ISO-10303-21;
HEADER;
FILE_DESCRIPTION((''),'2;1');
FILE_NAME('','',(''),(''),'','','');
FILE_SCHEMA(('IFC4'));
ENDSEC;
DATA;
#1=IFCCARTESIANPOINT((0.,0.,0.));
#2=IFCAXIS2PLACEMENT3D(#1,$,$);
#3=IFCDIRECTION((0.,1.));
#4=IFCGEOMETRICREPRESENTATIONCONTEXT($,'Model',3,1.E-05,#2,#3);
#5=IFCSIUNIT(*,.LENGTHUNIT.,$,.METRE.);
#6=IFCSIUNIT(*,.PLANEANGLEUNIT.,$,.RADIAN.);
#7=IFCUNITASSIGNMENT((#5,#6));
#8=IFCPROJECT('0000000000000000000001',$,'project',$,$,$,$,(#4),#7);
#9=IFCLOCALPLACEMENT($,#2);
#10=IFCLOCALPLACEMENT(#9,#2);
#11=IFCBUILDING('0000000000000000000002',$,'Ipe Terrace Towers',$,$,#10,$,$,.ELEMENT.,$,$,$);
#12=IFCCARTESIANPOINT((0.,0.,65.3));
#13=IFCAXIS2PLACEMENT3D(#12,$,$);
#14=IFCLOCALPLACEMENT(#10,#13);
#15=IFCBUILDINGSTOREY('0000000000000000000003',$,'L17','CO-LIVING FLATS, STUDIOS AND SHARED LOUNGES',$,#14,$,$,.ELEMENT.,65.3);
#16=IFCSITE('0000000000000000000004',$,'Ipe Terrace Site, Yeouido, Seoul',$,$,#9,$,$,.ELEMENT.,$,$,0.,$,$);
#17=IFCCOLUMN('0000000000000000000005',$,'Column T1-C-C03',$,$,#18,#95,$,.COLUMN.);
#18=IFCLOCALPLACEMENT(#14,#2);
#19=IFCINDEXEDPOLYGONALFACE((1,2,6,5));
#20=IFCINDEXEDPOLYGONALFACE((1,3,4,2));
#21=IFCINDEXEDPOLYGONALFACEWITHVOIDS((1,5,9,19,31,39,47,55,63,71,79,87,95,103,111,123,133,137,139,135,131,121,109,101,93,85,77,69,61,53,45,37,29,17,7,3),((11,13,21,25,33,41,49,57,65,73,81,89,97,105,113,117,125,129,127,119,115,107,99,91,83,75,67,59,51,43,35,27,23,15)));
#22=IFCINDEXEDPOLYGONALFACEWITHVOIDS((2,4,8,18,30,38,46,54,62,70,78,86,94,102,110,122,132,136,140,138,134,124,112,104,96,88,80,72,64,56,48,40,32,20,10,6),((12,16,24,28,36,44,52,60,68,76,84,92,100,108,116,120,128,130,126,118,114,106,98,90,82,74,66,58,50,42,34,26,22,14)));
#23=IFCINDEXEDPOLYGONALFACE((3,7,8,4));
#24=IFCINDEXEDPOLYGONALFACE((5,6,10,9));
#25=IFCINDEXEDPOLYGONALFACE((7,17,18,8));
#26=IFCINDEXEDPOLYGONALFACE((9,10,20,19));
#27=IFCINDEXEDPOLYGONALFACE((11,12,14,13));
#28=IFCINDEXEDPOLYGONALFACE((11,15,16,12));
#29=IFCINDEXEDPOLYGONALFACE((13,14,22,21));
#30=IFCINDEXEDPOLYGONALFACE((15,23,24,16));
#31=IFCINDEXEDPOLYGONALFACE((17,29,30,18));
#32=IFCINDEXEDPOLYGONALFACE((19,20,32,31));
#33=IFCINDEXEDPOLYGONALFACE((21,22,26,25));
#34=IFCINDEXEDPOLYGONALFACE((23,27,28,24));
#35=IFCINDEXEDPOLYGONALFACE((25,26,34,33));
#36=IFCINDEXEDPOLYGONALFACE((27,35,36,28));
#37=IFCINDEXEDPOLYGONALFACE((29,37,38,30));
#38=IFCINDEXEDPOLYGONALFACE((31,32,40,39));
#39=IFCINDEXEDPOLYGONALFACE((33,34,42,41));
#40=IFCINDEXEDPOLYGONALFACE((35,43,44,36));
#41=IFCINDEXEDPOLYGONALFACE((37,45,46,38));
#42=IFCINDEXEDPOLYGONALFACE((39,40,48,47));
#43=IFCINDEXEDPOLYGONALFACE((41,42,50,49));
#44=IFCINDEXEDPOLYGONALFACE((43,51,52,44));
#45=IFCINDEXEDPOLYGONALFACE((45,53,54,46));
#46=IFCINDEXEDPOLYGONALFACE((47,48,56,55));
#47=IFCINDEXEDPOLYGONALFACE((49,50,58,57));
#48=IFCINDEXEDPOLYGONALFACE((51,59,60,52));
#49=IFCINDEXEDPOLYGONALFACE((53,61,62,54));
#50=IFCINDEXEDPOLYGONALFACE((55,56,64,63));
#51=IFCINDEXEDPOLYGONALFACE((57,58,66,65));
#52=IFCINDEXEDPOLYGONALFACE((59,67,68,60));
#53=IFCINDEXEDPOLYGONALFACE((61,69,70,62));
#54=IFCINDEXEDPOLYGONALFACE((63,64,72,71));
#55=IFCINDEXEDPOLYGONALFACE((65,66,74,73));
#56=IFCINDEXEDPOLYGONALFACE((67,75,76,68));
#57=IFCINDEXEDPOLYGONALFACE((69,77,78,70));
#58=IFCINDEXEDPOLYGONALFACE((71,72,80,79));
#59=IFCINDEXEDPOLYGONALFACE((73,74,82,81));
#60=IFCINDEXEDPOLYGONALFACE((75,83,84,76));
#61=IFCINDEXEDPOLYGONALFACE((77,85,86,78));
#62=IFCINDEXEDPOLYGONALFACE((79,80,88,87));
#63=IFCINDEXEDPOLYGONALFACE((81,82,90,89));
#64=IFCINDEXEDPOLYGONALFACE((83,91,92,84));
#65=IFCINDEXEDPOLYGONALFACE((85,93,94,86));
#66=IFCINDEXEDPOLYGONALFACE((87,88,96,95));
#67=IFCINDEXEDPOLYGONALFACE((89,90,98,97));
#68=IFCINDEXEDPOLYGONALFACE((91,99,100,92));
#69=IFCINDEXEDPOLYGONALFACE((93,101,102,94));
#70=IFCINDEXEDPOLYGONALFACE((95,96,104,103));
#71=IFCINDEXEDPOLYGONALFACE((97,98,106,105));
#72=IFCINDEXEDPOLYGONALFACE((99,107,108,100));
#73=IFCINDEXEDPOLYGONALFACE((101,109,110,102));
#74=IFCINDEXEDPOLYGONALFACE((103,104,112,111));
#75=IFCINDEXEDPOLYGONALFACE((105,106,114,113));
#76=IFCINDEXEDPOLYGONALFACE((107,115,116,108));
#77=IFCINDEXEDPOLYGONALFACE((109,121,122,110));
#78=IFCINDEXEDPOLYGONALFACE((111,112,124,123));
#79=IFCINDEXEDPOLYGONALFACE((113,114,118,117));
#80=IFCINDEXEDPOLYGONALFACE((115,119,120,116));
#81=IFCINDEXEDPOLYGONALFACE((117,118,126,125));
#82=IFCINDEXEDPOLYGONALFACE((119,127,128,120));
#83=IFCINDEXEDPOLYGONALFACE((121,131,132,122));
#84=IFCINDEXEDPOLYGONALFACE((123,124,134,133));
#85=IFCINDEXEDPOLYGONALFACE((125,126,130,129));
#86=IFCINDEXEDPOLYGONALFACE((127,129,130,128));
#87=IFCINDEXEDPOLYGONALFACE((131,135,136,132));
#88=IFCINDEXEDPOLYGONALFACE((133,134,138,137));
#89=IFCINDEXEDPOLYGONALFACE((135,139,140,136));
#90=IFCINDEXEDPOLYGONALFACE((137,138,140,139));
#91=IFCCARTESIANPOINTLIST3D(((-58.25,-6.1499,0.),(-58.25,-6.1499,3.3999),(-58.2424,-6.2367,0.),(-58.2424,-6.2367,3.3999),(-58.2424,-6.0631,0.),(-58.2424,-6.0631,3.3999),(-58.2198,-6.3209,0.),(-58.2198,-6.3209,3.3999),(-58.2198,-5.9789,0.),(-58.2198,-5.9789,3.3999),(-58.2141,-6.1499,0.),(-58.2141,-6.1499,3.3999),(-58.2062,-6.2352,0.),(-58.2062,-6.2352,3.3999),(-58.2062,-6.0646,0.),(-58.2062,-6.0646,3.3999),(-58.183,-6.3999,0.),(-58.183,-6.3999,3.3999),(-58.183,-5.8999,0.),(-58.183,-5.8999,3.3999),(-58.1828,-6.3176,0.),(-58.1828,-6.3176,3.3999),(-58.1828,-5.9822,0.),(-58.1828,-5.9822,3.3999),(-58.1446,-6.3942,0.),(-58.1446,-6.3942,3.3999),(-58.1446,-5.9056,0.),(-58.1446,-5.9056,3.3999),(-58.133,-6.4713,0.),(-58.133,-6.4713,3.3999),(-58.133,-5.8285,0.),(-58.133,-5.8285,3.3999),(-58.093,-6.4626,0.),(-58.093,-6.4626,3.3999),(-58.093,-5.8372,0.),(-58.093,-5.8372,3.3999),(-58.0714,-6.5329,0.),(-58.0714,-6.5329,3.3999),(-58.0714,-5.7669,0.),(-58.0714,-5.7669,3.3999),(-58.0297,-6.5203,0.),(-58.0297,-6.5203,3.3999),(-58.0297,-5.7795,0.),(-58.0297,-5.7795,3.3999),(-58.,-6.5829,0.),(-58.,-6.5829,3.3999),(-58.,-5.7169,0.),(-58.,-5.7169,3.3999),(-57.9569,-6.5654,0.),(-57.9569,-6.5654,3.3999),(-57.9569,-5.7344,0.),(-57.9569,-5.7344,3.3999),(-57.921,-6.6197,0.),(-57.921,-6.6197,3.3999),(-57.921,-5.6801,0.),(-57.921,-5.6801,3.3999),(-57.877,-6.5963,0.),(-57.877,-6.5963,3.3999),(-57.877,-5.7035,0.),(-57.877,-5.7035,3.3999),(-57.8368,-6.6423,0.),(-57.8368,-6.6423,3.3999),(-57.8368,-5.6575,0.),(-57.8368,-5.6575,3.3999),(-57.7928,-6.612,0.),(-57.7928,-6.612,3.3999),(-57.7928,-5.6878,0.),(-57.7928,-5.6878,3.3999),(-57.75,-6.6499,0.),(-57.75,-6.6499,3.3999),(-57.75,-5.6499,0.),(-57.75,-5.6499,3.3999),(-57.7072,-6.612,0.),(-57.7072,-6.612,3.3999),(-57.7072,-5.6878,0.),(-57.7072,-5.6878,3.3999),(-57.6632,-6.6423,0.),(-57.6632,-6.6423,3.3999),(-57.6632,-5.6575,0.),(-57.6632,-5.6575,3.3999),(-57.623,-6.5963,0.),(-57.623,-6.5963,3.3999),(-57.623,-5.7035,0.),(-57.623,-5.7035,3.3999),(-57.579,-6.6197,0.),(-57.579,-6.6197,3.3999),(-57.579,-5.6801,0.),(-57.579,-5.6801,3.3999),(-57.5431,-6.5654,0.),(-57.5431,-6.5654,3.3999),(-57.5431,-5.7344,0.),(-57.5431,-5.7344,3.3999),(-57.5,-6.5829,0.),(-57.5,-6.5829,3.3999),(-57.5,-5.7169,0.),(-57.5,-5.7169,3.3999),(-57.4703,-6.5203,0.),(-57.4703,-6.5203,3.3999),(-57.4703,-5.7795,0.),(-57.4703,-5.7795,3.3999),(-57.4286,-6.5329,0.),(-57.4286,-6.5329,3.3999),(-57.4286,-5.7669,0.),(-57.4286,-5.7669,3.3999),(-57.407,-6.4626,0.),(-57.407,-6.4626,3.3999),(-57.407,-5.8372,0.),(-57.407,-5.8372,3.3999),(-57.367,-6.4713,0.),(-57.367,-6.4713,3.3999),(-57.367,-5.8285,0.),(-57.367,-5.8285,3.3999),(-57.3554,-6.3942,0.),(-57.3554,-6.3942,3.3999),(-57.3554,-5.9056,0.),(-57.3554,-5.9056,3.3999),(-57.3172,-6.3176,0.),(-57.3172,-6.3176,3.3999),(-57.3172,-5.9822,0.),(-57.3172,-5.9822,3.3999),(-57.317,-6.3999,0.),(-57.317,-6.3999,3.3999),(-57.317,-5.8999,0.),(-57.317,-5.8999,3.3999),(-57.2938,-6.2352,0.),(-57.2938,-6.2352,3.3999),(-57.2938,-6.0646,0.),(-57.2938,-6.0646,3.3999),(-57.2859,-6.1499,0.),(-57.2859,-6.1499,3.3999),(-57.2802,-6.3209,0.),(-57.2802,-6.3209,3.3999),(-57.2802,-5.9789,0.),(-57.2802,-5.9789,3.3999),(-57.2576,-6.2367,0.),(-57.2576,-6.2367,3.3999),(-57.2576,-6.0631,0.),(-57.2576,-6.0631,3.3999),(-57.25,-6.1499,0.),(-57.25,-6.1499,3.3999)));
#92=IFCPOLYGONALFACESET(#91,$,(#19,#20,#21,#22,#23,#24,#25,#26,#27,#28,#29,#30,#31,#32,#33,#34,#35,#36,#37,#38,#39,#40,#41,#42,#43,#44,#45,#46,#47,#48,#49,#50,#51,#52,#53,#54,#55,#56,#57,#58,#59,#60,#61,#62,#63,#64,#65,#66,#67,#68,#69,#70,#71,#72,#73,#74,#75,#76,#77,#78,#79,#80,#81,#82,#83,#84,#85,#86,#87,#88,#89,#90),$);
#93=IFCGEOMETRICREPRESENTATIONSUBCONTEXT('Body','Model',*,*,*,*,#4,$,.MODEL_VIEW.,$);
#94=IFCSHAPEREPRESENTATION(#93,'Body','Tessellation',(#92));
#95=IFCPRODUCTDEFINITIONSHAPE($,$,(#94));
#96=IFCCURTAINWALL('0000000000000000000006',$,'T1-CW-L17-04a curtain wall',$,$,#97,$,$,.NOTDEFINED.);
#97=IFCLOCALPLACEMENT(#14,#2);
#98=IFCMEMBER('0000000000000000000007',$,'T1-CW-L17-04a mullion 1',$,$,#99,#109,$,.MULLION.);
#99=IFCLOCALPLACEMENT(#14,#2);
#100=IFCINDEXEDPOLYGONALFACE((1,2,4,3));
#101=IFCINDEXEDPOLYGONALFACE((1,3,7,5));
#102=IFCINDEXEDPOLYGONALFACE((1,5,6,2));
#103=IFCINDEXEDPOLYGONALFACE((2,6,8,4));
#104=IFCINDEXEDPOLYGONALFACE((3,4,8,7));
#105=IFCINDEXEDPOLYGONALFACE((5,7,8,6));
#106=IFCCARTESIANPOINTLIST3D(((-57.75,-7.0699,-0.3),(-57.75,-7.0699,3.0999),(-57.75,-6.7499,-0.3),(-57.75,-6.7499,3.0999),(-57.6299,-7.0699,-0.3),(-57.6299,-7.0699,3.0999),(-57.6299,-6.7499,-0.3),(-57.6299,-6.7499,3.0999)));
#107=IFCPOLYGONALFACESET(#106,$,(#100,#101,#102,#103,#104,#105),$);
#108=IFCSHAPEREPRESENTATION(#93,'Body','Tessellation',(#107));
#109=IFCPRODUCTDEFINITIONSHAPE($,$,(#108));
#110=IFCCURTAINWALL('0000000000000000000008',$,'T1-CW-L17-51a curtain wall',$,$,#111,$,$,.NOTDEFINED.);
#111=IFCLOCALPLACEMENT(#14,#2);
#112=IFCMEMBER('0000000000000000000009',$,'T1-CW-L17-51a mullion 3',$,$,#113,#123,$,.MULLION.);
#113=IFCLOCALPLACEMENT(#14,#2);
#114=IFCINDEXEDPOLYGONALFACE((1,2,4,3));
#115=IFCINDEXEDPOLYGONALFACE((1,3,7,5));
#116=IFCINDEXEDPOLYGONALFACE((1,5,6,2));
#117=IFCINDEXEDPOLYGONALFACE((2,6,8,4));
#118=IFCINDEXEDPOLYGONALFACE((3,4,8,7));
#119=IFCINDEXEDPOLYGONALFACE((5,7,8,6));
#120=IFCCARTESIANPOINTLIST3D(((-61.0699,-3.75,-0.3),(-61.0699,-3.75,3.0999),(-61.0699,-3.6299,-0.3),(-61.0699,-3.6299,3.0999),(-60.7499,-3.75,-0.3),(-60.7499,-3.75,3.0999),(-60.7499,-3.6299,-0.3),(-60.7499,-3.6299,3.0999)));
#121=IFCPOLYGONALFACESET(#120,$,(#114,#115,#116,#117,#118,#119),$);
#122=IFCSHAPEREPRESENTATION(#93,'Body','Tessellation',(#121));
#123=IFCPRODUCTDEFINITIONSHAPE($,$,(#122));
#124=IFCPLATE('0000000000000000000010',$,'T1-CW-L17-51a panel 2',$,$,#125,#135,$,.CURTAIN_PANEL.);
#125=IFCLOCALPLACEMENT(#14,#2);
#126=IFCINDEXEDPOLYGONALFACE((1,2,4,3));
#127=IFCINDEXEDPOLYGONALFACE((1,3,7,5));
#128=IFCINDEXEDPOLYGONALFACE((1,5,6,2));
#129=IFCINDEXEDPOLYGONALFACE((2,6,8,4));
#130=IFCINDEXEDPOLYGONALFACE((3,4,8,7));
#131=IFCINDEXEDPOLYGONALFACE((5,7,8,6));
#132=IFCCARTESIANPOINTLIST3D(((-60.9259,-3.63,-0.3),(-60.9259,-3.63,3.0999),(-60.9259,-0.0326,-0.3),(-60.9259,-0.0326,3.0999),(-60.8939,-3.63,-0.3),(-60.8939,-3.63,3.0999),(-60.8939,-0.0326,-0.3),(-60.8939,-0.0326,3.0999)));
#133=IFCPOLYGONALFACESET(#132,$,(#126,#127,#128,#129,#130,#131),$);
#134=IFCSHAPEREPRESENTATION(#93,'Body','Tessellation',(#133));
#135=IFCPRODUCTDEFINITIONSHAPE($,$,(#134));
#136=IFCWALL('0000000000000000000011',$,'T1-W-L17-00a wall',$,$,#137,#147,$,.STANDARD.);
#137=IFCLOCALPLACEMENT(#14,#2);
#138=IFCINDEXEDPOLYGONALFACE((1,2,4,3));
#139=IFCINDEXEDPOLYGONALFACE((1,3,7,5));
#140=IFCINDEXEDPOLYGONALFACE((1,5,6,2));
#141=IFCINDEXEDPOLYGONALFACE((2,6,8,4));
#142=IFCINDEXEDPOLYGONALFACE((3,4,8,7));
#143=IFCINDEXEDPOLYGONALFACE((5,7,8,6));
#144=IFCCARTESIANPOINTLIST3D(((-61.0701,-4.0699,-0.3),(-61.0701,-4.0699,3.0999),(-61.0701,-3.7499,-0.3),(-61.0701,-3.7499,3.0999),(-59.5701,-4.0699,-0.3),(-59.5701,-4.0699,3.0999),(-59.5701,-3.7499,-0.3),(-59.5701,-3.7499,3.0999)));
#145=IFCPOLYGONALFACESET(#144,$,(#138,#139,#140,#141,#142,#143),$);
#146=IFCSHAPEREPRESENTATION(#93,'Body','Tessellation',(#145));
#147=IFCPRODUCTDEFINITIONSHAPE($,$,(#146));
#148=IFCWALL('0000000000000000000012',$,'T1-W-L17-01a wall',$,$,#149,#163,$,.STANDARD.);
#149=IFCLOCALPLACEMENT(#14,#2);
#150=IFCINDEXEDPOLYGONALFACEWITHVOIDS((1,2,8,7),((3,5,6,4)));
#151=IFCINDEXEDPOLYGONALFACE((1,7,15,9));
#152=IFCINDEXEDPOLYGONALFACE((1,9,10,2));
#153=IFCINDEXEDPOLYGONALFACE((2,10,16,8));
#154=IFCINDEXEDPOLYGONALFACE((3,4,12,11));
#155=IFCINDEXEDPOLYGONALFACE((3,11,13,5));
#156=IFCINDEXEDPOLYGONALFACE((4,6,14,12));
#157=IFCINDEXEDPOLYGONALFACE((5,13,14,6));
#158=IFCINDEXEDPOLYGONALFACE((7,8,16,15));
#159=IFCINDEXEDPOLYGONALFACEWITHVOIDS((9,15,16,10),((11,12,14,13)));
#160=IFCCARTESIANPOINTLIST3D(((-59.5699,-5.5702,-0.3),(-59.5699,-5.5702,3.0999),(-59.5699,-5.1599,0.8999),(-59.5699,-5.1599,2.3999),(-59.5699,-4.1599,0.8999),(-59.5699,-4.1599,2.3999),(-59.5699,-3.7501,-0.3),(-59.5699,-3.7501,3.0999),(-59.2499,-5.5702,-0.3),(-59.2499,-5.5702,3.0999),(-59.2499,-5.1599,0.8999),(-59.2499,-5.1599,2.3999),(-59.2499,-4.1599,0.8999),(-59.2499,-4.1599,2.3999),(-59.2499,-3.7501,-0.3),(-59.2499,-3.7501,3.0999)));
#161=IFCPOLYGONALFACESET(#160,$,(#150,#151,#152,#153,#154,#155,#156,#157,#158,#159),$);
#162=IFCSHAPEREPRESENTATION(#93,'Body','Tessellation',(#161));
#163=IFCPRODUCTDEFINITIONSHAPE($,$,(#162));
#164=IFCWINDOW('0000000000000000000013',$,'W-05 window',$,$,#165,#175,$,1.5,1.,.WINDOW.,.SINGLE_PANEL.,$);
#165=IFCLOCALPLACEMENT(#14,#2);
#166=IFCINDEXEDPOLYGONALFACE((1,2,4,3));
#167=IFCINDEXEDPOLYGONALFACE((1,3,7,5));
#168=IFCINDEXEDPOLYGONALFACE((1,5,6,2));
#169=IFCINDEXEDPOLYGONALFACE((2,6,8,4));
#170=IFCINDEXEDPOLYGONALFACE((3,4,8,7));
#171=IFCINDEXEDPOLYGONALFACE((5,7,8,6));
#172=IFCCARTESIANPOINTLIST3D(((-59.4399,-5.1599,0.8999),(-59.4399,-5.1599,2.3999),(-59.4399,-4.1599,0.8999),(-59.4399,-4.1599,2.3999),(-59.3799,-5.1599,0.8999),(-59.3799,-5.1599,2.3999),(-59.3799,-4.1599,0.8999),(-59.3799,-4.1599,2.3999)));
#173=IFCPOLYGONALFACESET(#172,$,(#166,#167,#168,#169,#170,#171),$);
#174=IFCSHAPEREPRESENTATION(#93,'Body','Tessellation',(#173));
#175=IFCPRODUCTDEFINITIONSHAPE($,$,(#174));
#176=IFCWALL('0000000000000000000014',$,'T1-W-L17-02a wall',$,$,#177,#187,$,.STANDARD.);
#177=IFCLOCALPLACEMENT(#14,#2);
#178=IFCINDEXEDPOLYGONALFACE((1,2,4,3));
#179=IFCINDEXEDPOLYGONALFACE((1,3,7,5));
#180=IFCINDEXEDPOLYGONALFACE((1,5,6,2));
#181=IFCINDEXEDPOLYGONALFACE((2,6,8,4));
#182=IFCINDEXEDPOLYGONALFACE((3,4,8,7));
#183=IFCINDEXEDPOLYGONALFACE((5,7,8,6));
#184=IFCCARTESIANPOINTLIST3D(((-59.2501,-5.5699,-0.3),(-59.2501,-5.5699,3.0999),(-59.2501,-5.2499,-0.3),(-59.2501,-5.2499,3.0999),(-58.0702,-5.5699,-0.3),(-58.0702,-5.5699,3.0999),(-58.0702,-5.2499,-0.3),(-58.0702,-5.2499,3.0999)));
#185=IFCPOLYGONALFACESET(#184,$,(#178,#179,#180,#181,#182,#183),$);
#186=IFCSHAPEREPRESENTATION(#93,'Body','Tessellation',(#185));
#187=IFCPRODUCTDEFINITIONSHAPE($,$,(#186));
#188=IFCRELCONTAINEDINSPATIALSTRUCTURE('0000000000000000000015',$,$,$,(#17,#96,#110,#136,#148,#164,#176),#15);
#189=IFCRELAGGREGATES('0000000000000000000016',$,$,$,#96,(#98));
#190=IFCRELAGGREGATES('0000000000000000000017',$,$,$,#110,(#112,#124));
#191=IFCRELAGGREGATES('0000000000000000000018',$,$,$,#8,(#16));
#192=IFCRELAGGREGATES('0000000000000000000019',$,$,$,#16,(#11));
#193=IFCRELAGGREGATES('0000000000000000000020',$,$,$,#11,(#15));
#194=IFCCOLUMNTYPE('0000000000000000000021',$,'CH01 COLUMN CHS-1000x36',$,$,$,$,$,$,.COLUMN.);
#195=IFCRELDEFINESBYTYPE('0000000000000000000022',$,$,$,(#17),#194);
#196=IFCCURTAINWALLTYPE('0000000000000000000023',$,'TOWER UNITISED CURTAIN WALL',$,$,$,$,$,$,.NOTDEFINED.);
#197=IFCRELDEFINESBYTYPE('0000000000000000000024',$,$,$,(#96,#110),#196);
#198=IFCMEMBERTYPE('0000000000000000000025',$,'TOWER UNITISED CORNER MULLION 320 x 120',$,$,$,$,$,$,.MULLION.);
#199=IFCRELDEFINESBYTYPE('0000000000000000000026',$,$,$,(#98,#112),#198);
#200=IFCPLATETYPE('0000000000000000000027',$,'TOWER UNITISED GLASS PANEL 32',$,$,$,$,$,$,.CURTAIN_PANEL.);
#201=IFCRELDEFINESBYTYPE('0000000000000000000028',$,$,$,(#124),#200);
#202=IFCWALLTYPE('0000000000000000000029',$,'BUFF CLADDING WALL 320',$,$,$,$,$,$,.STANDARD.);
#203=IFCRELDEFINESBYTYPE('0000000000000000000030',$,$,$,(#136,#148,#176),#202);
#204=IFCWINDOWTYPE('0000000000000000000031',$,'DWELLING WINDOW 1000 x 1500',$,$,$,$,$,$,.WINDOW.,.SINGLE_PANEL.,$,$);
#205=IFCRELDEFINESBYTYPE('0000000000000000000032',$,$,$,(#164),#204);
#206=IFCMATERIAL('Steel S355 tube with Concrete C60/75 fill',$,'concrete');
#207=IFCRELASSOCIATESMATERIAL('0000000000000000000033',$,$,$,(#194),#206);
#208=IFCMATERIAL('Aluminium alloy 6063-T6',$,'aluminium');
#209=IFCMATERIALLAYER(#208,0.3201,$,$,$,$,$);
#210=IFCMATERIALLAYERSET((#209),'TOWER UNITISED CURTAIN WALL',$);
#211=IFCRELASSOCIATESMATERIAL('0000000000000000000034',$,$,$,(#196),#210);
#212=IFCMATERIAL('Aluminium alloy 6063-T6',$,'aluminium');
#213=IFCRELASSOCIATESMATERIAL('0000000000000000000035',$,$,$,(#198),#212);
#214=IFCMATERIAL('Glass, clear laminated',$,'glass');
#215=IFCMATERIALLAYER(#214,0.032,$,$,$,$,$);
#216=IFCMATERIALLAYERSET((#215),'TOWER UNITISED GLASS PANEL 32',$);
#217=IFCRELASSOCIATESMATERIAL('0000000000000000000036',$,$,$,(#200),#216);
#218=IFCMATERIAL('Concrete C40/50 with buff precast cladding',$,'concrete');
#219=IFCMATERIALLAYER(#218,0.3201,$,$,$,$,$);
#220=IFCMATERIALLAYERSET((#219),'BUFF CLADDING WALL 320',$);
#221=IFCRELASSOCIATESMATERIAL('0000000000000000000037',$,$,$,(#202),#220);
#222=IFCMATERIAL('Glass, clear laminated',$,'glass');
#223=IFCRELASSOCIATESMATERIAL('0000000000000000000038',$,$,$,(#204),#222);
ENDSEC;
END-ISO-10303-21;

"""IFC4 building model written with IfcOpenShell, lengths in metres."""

from ifc_helpers import new_model, si_unit, direction, frame, frame_2d, origin, origin_2d, place, context, subcontext, project, spatial, rectangle, hollow_circle, extrude, material, layer, layer_set, material_profile, profile_set, type_object, element, fill, aggregate, save


model = new_model("IFC4")

# Units and contexts
model_context = context("Model", 3, precision=1e-05, world=origin(), true_north=direction((0.0, 1.0)))
body_context = subcontext(model_context, "Body", "Model", "MODEL_VIEW")
ifc_project = project(units=[si_unit("LENGTHUNIT", "METRE"), si_unit("PLANEANGLEUNIT", "RADIAN")], contexts=[model_context])

# Site, building, storey
site_placement = place(None, origin())
site = spatial("IfcSite", under=ifc_project, at=site_placement, Name="Ipe Terrace Site, Yeouido, Seoul", CompositionType="ELEMENT", RefElevation=0.0)
building_placement = place(site_placement, origin())
building = spatial("IfcBuilding", under=site, at=building_placement, Name="Ipe Terrace Towers", CompositionType="ELEMENT")
storey_placement = place(building_placement, frame((0.0, 0.0, 65.3)))
storey = spatial("IfcBuildingStorey", under=building, at=storey_placement, Name="L17", Description="CO-LIVING FLATS, STUDIOS AND SHARED LOUNGES", CompositionType="ELEMENT", Elevation=65.3)

# Column
ifc_material_1 = material(Name="Steel S355 tube with Concrete C60/75 fill", Category="concrete")
ifc_material_profile_1 = material_profile(ifc_material_1, hollow_circle(Radius=0.5, WallThickness=0.0359, at=origin_2d()), Name="CHS-1000x36")
ifc_profile_set_1 = profile_set([ifc_material_profile_1], Name="Steel S355 tube with Concrete C60/75 fill")
column_type = type_object("IfcColumnType", Name="CH01 COLUMN CHS-1000x36", PredefinedType="COLUMN", material=ifc_profile_set_1)
column_placement = place(storey_placement, frame((-57.75, -6.1499, 0.0), z_axis=(0.0, 0.0, 1.0), x_axis=(1.0, 0.0, 0.0)))
element("IfcColumn", 1, at=column_placement, inside=storey, type_object=column_type, Name="Column T1-C-C03", PredefinedType="COLUMN", context=body_context, shape_type="SweptSolid", body=[
    extrude(hollow_circle(Radius=0.5, WallThickness=0.0359, at=origin_2d()), origin(), (0.0, 0.0, 1.0), 3.3999),
])

# Curtain wall, member
ifc_material_2 = material(Name="Aluminium alloy 6063-T6", Category="aluminium")
ifc_layer_1 = layer(ifc_material_2, 0.3201)
ifc_layer_set_1 = layer_set([ifc_layer_1], Name="TOWER UNITISED CURTAIN WALL")
curtain_wall_type = type_object("IfcCurtainWallType", Name="TOWER UNITISED CURTAIN WALL", PredefinedType="NOTDEFINED", material=ifc_layer_set_1)
curtain_wall_1_placement = place(storey_placement, origin())
curtain_wall_1 = element("IfcCurtainWall", 2, at=curtain_wall_1_placement, inside=storey, type_object=curtain_wall_type, Name="T1-CW-L17-04a curtain wall", PredefinedType="NOTDEFINED")
ifc_material_3 = material(Name="Aluminium alloy 6063-T6", Category="aluminium")
ifc_material_profile_2 = material_profile(ifc_material_3, rectangle(XDim=0.3201, YDim=0.1201, at=origin_2d()), Name="TOWER UNITISED CORNER MULLION 320 x 120")
ifc_profile_set_2 = profile_set([ifc_material_profile_2], Name="Aluminium alloy 6063-T6")
member_type = type_object("IfcMemberType", Name="TOWER UNITISED CORNER MULLION 320 x 120", PredefinedType="MULLION", material=ifc_profile_set_2)
member_1_placement = place(storey_placement, frame((-57.6899, -6.9099, -0.3), z_axis=(0.0, 0.0, 1.0), x_axis=(0.0, -1.0, 0.0)))
member_1 = element("IfcMember", 3, at=member_1_placement, type_object=member_type, Name="T1-CW-L17-04a mullion 1", PredefinedType="MULLION", context=body_context, shape_type="SweptSolid", body=[
    extrude(rectangle(XDim=0.3201, YDim=0.1201, at=origin_2d()), origin(), (0.0, 0.0, 1.0), 3.3999),
])
aggregate(curtain_wall_1, [member_1])

# Curtain wall, member, plate
curtain_wall_2_placement = place(storey_placement, origin())
curtain_wall_2 = element("IfcCurtainWall", 4, at=curtain_wall_2_placement, inside=storey, type_object=curtain_wall_type, Name="T1-CW-L17-51a curtain wall", PredefinedType="NOTDEFINED")
member_2_placement = place(storey_placement, frame((-60.9099, -3.6899, -0.3), z_axis=(0.0, 0.0, 1.0), x_axis=(-1.0, 0.0, 0.0)))
member_2 = element("IfcMember", 5, at=member_2_placement, type_object=member_type, Name="T1-CW-L17-51a mullion 3", PredefinedType="MULLION", context=body_context, shape_type="SweptSolid", body=[
    extrude(rectangle(XDim=0.3201, YDim=0.1201, at=origin_2d()), origin(), (0.0, 0.0, 1.0), 3.3999),
])
ifc_material_4 = material(Name="Glass, clear laminated", Category="glass")
ifc_layer_2 = layer(ifc_material_4, 0.032)
ifc_layer_set_2 = layer_set([ifc_layer_2], Name="TOWER UNITISED GLASS PANEL 32")
plate_type = type_object("IfcPlateType", Name="TOWER UNITISED GLASS PANEL 32", PredefinedType="CURTAIN_PANEL", material=ifc_layer_set_2)
plate_placement = place(storey_placement, frame((-60.9099, -1.8313, -0.3), z_axis=(0.0, 0.0, 1.0), x_axis=(0.0, -1.0, 0.0)))
plate = element("IfcPlate", 6, at=plate_placement, type_object=plate_type, Name="T1-CW-L17-51a panel 2", PredefinedType="CURTAIN_PANEL", context=body_context, shape_type="SweptSolid", body=[
    extrude(rectangle(XDim=3.5974, YDim=0.032, at=origin_2d()), origin(), (0.0, 0.0, 1.0), 3.3999),
])
aggregate(curtain_wall_2, [member_2, plate])

# Wall
ifc_material_5 = material(Name="Concrete C40/50 with buff precast cladding", Category="concrete")
ifc_layer_3 = layer(ifc_material_5, 0.3201)
ifc_layer_set_3 = layer_set([ifc_layer_3], Name="BUFF CLADDING WALL 320")
wall_type_1 = type_object("IfcWallType", Name="BUFF CLADDING WALL 320", PredefinedType="STANDARD", material=ifc_layer_set_3)
wall_1_placement = place(storey_placement, frame((-61.0701, -3.9099, -0.3), z_axis=(0.0, 0.0, 1.0), x_axis=(1.0, 0.0, 0.0)))
element("IfcWall", 7, at=wall_1_placement, inside=storey, type_object=wall_type_1, Name="T1-W-L17-00a wall", PredefinedType="STANDARD", context=body_context, shape_type="SweptSolid", body=[
    extrude(rectangle(XDim=1.5, YDim=0.3201, at=frame_2d((0.75, 0.0))), origin(), (0.0, 0.0, 1.0), 3.3999),
])

# Wall, opening, window
wall_2_placement = place(storey_placement, frame((-59.4099, -3.75, -0.3), z_axis=(0.0, 0.0, 1.0), x_axis=(0.0, -1.0, 0.0)))
wall_2 = element("IfcWall", 8, at=wall_2_placement, inside=storey, type_object=wall_type_1, Name="T1-W-L17-01a wall", PredefinedType="STANDARD", context=body_context, shape_type="SweptSolid", body=[
    extrude(rectangle(XDim=1.8201, YDim=0.3201, at=frame_2d((0.9102, 0.0))), origin(), (0.0, 0.0, 1.0), 3.3999),
])
opening_1_placement = place(wall_2_placement, frame((0.4099, 0.0, 1.2)))
opening_1 = element("IfcOpeningElement", 9, at=opening_1_placement, cuts=wall_2, PredefinedType="OPENING", context=body_context, shape_type="SweptSolid", body=[
    extrude(rectangle(XDim=1.0, YDim=1.5, at=frame_2d((0.5, 0.75))), frame((0.0, 0.1699, 0.0), z_axis=(0.0, -1.0, 0.0), x_axis=(1.0, 0.0, 0.0)), (0.0, 0.0, 1.0), 0.3401),
])
ifc_material_6 = material(Name="Glass, clear laminated", Category="glass")
window_type = type_object("IfcWindowType", Name="DWELLING WINDOW 1000 x 1500", PartitioningType="SINGLE_PANEL", PredefinedType="WINDOW", material=ifc_material_6)
window_placement = place(opening_1_placement, origin())
window = element("IfcWindow", 10, at=window_placement, inside=storey, type_object=window_type, Name="W-05 window", OverallHeight=1.5, OverallWidth=1.0, PartitioningType="SINGLE_PANEL", PredefinedType="WINDOW", context=body_context, shape_type="SweptSolid", body=[
    extrude(rectangle(XDim=1.0, YDim=1.5, at=frame_2d((0.5, 0.75))), frame((0.0, 0.03, 0.0), z_axis=(0.0, -1.0, 0.0), x_axis=(1.0, 0.0, 0.0)), (0.0, 0.0, 1.0), 0.0601),
])
fill(opening_1, window)

# Wall
wall_3_placement = place(storey_placement, frame((-59.25, -5.4099, -0.3), z_axis=(0.0, 0.0, 1.0), x_axis=(1.0, 0.0, 0.0)))
element("IfcWall", 11, at=wall_3_placement, inside=storey, type_object=wall_type_1, Name="T1-W-L17-02a wall", PredefinedType="STANDARD", context=body_context, shape_type="SweptSolid", body=[
    extrude(rectangle(XDim=1.1799, YDim=0.3201, at=frame_2d((0.5898, 0.0))), origin(), (0.0, 0.0, 1.0), 3.3999),
])

save(model, "model.ifc")
